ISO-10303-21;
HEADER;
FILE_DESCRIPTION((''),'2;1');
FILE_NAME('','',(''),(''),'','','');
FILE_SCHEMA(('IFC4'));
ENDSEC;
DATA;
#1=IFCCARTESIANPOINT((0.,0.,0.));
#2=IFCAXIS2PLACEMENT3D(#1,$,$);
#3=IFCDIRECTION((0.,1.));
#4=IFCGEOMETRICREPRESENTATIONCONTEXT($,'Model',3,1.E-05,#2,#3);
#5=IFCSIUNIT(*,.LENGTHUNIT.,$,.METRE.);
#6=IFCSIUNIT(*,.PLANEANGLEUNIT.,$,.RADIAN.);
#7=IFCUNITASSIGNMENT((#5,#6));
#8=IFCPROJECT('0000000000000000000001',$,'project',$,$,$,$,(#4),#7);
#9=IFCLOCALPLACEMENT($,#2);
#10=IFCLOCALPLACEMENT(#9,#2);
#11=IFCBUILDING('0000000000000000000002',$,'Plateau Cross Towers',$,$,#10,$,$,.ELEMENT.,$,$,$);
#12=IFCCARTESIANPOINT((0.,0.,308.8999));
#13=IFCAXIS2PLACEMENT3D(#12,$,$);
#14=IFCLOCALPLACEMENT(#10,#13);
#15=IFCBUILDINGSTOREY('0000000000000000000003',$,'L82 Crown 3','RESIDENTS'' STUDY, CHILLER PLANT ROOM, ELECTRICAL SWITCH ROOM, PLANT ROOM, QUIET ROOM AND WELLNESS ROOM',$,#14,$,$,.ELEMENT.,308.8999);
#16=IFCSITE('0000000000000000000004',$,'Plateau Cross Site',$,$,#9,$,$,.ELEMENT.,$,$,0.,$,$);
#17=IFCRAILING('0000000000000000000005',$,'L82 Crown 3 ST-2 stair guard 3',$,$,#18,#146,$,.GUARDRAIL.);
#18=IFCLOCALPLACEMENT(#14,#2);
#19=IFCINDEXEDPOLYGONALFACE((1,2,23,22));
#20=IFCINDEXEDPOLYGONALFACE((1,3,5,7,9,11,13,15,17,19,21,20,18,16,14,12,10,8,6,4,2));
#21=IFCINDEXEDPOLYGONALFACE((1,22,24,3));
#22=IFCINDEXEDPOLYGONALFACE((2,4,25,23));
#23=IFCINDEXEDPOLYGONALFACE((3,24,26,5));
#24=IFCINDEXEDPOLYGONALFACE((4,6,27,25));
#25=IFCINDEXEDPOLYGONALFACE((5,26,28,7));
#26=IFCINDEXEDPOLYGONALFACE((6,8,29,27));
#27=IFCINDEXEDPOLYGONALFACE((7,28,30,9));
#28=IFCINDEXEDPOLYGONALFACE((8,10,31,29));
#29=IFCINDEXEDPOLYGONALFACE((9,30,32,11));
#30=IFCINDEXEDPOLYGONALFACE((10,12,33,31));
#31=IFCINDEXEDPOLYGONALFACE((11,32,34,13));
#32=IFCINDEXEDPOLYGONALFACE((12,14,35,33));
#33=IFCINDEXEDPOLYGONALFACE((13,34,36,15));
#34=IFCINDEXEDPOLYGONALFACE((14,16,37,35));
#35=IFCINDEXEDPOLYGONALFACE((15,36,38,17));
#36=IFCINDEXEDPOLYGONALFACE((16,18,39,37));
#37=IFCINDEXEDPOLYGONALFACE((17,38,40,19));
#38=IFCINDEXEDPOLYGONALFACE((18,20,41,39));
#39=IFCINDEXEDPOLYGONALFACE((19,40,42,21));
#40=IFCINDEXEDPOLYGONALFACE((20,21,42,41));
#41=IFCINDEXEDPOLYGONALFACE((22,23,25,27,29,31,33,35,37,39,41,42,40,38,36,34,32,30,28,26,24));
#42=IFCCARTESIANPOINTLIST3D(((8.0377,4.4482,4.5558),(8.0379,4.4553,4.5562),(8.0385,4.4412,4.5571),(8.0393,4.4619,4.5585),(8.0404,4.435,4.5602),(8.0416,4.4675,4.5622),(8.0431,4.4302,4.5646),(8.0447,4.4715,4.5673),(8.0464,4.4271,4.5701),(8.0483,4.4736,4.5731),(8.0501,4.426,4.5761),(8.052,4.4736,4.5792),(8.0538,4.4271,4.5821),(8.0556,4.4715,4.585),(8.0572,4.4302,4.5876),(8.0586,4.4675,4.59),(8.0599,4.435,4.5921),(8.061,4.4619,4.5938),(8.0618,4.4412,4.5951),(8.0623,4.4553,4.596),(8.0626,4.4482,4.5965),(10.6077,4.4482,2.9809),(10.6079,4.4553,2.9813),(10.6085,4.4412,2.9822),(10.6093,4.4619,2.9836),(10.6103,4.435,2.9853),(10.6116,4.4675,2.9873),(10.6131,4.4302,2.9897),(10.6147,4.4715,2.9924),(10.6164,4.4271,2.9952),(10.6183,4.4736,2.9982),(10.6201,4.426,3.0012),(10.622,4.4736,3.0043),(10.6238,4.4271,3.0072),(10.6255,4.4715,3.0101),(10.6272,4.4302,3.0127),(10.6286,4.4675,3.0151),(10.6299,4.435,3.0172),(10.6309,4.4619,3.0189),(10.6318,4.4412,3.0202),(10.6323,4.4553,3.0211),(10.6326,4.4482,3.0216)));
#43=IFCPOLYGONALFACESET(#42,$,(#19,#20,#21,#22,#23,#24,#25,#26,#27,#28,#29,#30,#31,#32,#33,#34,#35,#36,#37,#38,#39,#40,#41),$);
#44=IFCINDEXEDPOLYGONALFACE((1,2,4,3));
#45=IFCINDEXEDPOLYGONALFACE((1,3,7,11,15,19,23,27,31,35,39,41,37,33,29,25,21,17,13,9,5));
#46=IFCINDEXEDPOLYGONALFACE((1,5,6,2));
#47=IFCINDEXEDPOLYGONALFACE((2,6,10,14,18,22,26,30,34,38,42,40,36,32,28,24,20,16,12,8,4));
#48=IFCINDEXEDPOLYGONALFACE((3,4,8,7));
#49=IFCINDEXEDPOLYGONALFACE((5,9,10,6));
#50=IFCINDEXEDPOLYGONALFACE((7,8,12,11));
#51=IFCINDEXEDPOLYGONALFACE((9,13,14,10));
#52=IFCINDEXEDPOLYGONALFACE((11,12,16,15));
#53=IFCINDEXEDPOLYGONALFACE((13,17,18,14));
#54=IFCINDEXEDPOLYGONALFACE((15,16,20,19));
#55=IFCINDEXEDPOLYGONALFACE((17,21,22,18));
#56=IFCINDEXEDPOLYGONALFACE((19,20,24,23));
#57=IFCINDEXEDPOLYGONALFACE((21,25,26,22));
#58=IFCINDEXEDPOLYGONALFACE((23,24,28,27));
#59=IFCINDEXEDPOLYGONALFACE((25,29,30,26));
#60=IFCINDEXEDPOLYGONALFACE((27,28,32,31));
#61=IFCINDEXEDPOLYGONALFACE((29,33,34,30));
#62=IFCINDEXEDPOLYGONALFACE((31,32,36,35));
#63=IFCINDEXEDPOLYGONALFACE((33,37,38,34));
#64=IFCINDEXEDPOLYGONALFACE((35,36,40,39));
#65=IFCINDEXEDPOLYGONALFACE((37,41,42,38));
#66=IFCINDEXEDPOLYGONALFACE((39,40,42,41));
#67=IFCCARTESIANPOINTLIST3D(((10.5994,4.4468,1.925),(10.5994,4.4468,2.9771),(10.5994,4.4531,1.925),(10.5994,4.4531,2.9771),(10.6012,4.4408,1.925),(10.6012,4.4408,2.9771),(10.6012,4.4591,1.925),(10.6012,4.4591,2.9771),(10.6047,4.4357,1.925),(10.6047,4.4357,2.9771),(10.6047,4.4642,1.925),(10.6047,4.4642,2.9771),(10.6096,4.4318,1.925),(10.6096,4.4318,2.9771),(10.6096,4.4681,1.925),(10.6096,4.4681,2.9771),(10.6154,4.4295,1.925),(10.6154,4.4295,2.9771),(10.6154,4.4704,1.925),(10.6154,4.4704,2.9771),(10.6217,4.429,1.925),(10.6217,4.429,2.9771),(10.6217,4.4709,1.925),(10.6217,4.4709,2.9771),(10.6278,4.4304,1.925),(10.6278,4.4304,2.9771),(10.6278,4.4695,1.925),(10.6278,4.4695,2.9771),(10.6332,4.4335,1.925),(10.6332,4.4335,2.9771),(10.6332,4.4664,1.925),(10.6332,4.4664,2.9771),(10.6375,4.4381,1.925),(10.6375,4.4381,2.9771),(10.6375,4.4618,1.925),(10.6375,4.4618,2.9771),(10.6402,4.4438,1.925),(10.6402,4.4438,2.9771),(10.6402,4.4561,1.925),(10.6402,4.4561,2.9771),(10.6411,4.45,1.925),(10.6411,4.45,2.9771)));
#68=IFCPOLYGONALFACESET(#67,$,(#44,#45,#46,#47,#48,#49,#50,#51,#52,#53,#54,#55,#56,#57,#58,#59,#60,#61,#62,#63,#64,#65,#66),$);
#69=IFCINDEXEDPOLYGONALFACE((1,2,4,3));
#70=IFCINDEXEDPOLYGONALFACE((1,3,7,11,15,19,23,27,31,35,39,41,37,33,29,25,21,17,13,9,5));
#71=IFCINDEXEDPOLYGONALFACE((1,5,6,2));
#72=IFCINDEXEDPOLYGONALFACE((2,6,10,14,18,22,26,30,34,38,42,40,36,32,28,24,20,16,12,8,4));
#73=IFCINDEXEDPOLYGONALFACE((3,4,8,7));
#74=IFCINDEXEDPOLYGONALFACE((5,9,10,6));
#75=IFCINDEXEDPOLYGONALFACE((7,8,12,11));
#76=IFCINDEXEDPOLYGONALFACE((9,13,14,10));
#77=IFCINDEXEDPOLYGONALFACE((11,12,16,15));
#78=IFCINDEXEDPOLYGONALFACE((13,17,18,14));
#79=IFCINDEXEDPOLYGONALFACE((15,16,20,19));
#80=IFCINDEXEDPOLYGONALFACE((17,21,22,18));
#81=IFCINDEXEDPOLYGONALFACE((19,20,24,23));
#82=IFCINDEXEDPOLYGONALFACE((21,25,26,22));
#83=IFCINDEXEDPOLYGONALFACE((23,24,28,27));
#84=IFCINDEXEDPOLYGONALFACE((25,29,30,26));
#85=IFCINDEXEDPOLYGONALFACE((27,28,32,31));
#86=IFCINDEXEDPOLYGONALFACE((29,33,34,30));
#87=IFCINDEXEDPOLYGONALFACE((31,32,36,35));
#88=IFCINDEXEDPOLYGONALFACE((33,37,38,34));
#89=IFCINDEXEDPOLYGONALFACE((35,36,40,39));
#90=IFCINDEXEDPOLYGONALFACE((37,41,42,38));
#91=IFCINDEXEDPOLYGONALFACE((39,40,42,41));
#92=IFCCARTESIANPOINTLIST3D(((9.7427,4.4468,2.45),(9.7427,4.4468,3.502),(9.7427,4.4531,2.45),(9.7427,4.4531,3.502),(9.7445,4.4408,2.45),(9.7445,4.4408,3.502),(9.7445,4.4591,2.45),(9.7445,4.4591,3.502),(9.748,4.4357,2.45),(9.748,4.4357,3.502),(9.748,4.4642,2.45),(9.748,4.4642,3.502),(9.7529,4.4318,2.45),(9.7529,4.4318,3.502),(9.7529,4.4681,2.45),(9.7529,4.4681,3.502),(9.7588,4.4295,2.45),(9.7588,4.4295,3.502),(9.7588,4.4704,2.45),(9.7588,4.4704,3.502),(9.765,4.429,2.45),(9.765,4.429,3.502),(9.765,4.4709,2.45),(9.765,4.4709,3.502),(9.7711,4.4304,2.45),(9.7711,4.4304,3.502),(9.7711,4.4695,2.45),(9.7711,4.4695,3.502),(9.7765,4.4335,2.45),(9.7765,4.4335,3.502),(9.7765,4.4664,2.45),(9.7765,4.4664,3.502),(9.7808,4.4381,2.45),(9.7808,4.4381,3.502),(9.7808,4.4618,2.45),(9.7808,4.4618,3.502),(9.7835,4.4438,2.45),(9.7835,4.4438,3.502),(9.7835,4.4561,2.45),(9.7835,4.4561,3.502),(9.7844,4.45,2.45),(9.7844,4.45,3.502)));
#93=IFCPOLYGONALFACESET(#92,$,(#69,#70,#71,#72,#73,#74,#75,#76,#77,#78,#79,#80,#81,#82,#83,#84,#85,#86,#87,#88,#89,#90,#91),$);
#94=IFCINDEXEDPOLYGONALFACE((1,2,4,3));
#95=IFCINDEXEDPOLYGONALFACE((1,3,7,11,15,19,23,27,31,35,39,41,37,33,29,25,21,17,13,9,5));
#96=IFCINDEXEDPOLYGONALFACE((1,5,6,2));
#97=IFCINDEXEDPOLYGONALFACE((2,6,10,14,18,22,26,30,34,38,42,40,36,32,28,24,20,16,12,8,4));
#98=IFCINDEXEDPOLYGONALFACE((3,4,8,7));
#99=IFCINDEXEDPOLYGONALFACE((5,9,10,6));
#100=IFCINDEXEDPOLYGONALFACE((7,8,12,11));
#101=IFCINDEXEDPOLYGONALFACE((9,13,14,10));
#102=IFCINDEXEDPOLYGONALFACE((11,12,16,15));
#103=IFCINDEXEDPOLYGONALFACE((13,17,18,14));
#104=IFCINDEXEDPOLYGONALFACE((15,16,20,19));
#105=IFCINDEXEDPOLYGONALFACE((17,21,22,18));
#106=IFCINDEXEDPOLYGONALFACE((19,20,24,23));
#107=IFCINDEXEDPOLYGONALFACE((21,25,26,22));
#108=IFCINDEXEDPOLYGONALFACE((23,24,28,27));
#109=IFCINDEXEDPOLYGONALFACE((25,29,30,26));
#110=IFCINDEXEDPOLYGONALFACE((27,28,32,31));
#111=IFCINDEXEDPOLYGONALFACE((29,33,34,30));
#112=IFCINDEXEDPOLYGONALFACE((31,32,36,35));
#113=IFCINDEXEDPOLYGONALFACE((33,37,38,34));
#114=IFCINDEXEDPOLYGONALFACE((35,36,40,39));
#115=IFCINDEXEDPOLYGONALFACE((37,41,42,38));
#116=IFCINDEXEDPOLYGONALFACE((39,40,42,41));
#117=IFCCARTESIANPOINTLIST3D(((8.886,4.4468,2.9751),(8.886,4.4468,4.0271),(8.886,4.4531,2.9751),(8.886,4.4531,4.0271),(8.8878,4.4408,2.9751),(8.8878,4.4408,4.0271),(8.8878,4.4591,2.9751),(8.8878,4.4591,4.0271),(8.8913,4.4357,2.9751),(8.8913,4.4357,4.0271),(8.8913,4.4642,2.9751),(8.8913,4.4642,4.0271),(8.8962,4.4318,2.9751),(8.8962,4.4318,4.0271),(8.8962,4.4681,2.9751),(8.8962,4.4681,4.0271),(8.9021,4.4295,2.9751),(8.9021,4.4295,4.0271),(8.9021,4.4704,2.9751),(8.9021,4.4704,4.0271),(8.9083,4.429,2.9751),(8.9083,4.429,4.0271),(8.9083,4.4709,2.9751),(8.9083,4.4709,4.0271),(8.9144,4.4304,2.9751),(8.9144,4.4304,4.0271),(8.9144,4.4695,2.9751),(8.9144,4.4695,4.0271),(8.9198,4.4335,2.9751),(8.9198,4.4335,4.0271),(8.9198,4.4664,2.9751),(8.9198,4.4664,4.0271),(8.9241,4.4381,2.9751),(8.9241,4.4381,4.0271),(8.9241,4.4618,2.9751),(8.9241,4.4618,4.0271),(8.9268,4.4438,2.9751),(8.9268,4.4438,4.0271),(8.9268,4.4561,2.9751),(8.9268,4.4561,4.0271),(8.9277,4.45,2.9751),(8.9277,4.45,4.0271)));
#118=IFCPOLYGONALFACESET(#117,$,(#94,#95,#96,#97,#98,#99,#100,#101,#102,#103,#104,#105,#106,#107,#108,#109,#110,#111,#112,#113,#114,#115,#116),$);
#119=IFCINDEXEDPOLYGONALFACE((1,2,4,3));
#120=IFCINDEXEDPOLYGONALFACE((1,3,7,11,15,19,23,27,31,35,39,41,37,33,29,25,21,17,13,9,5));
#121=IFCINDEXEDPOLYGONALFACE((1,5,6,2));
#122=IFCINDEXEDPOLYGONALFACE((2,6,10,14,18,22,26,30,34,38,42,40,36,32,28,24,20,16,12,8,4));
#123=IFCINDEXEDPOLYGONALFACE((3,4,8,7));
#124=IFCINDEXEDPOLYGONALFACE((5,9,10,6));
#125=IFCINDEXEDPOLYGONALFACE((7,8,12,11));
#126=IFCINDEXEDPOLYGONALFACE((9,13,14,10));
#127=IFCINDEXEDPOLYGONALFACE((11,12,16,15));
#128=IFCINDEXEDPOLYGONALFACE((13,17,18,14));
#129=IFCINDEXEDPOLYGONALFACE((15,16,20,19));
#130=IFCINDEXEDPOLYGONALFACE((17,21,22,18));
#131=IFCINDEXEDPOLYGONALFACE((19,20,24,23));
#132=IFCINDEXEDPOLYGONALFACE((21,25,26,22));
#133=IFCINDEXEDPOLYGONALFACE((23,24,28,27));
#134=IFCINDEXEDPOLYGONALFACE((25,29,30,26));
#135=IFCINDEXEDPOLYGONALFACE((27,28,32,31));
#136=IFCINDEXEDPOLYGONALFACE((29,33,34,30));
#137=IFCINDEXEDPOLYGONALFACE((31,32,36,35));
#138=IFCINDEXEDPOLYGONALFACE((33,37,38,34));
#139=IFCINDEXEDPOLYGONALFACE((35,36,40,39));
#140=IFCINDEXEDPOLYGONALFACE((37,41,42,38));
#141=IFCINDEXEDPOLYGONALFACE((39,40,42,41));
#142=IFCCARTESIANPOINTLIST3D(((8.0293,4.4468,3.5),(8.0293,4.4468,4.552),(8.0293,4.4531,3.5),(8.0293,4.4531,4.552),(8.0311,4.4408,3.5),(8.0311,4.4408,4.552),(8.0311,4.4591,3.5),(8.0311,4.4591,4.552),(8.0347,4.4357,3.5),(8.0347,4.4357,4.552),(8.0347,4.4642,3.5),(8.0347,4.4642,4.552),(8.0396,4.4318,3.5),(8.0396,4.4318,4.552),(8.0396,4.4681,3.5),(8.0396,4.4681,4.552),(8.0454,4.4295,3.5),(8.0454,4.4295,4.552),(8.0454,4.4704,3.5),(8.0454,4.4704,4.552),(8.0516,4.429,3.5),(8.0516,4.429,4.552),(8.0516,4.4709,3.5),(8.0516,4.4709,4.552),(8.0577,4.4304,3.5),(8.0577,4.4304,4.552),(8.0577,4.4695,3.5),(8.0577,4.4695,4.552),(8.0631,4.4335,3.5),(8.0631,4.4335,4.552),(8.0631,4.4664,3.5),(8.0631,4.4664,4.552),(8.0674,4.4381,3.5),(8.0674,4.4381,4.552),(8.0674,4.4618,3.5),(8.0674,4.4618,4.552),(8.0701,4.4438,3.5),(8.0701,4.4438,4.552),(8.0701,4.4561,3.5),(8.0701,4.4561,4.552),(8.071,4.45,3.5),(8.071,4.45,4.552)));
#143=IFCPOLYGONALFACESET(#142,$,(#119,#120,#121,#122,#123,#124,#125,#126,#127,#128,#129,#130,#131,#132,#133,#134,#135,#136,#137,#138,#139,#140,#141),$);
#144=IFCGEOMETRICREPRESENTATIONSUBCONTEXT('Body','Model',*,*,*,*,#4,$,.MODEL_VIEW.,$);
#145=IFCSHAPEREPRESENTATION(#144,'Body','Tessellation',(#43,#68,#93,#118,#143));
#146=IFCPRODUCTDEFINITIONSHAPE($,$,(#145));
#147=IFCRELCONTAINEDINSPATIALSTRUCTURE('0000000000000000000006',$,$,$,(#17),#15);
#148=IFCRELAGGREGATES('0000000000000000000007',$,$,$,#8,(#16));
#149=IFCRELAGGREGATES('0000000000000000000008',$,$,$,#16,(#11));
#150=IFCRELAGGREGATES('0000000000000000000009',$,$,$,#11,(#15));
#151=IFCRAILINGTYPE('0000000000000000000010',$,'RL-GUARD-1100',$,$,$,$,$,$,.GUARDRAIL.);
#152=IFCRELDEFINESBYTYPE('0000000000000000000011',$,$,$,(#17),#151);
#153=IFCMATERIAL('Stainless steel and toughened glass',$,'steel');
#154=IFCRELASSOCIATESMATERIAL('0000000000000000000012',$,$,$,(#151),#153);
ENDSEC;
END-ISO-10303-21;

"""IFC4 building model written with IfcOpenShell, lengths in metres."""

from ifc_helpers import new_model, si_unit, direction, frame, origin, origin_2d, place, context, subcontext, project, spatial, circle, extrude, material, type_object, element, save


model = new_model("IFC4")

# Units and contexts
model_context = context("Model", 3, precision=1e-05, world=origin(), true_north=direction((0.0, 1.0)))
body_context = subcontext(model_context, "Body", "Model", "MODEL_VIEW")
ifc_project = project(units=[si_unit("LENGTHUNIT", "METRE"), si_unit("PLANEANGLEUNIT", "RADIAN")], contexts=[model_context])

# Site, building, storey
site_placement = place(None, origin())
site = spatial("IfcSite", under=ifc_project, at=site_placement, Name="Plateau Cross Site", CompositionType="ELEMENT", RefElevation=0.0)
building_placement = place(site_placement, origin())
building = spatial("IfcBuilding", under=site, at=building_placement, Name="Plateau Cross Towers", CompositionType="ELEMENT")
storey_placement = place(building_placement, frame((0.0, 0.0, 308.8999)))
storey = spatial("IfcBuildingStorey", under=building, at=storey_placement, Name="L82 Crown 3", Description="RESIDENTS' STUDY, CHILLER PLANT ROOM, ELECTRICAL SWITCH ROOM, PLANT ROOM, QUIET ROOM AND WELLNESS ROOM", CompositionType="ELEMENT", Elevation=308.8999)

# Railing
ifc_material_1 = material(Name="Stainless steel and toughened glass", Category="steel")
railing_type_1 = type_object("IfcRailingType", Name="RL-GUARD-1100", PredefinedType="GUARDRAIL", material=ifc_material_1)
railing_1_placement = place(storey_placement, frame((10.6201, 4.45, 1.925)))
element("IfcRailing", 1, at=railing_1_placement, inside=storey, type_object=railing_type_1, Name="L82 Crown 3 ST-2 stair guard 3", PredefinedType="GUARDRAIL", context=body_context, shape_type="SweptSolid", body=[
    extrude(circle(Radius=0.0239, at=origin_2d()), frame((0.0, 0.0, 1.0762), z_axis=(-0.852639, 0.0, 0.522501), x_axis=(0.0, -1.0, 0.0)), (0.0, 0.0, 1.0), 3.0142),
    extrude(circle(Radius=0.021, at=origin_2d()), origin(), (0.0, 0.0, 1.0), 1.052),
    extrude(circle(Radius=0.021, at=origin_2d()), frame((-0.8567, 0.0, 0.5249)), (0.0, 0.0, 1.0), 1.052),
    extrude(circle(Radius=0.021, at=origin_2d()), frame((-1.7134, 0.0, 1.05)), (0.0, 0.0, 1.0), 1.052),
    extrude(circle(Radius=0.021, at=origin_2d()), frame((-2.5701, 0.0, 1.575)), (0.0, 0.0, 1.0), 1.052),
])

save(model, "model.ifc")
